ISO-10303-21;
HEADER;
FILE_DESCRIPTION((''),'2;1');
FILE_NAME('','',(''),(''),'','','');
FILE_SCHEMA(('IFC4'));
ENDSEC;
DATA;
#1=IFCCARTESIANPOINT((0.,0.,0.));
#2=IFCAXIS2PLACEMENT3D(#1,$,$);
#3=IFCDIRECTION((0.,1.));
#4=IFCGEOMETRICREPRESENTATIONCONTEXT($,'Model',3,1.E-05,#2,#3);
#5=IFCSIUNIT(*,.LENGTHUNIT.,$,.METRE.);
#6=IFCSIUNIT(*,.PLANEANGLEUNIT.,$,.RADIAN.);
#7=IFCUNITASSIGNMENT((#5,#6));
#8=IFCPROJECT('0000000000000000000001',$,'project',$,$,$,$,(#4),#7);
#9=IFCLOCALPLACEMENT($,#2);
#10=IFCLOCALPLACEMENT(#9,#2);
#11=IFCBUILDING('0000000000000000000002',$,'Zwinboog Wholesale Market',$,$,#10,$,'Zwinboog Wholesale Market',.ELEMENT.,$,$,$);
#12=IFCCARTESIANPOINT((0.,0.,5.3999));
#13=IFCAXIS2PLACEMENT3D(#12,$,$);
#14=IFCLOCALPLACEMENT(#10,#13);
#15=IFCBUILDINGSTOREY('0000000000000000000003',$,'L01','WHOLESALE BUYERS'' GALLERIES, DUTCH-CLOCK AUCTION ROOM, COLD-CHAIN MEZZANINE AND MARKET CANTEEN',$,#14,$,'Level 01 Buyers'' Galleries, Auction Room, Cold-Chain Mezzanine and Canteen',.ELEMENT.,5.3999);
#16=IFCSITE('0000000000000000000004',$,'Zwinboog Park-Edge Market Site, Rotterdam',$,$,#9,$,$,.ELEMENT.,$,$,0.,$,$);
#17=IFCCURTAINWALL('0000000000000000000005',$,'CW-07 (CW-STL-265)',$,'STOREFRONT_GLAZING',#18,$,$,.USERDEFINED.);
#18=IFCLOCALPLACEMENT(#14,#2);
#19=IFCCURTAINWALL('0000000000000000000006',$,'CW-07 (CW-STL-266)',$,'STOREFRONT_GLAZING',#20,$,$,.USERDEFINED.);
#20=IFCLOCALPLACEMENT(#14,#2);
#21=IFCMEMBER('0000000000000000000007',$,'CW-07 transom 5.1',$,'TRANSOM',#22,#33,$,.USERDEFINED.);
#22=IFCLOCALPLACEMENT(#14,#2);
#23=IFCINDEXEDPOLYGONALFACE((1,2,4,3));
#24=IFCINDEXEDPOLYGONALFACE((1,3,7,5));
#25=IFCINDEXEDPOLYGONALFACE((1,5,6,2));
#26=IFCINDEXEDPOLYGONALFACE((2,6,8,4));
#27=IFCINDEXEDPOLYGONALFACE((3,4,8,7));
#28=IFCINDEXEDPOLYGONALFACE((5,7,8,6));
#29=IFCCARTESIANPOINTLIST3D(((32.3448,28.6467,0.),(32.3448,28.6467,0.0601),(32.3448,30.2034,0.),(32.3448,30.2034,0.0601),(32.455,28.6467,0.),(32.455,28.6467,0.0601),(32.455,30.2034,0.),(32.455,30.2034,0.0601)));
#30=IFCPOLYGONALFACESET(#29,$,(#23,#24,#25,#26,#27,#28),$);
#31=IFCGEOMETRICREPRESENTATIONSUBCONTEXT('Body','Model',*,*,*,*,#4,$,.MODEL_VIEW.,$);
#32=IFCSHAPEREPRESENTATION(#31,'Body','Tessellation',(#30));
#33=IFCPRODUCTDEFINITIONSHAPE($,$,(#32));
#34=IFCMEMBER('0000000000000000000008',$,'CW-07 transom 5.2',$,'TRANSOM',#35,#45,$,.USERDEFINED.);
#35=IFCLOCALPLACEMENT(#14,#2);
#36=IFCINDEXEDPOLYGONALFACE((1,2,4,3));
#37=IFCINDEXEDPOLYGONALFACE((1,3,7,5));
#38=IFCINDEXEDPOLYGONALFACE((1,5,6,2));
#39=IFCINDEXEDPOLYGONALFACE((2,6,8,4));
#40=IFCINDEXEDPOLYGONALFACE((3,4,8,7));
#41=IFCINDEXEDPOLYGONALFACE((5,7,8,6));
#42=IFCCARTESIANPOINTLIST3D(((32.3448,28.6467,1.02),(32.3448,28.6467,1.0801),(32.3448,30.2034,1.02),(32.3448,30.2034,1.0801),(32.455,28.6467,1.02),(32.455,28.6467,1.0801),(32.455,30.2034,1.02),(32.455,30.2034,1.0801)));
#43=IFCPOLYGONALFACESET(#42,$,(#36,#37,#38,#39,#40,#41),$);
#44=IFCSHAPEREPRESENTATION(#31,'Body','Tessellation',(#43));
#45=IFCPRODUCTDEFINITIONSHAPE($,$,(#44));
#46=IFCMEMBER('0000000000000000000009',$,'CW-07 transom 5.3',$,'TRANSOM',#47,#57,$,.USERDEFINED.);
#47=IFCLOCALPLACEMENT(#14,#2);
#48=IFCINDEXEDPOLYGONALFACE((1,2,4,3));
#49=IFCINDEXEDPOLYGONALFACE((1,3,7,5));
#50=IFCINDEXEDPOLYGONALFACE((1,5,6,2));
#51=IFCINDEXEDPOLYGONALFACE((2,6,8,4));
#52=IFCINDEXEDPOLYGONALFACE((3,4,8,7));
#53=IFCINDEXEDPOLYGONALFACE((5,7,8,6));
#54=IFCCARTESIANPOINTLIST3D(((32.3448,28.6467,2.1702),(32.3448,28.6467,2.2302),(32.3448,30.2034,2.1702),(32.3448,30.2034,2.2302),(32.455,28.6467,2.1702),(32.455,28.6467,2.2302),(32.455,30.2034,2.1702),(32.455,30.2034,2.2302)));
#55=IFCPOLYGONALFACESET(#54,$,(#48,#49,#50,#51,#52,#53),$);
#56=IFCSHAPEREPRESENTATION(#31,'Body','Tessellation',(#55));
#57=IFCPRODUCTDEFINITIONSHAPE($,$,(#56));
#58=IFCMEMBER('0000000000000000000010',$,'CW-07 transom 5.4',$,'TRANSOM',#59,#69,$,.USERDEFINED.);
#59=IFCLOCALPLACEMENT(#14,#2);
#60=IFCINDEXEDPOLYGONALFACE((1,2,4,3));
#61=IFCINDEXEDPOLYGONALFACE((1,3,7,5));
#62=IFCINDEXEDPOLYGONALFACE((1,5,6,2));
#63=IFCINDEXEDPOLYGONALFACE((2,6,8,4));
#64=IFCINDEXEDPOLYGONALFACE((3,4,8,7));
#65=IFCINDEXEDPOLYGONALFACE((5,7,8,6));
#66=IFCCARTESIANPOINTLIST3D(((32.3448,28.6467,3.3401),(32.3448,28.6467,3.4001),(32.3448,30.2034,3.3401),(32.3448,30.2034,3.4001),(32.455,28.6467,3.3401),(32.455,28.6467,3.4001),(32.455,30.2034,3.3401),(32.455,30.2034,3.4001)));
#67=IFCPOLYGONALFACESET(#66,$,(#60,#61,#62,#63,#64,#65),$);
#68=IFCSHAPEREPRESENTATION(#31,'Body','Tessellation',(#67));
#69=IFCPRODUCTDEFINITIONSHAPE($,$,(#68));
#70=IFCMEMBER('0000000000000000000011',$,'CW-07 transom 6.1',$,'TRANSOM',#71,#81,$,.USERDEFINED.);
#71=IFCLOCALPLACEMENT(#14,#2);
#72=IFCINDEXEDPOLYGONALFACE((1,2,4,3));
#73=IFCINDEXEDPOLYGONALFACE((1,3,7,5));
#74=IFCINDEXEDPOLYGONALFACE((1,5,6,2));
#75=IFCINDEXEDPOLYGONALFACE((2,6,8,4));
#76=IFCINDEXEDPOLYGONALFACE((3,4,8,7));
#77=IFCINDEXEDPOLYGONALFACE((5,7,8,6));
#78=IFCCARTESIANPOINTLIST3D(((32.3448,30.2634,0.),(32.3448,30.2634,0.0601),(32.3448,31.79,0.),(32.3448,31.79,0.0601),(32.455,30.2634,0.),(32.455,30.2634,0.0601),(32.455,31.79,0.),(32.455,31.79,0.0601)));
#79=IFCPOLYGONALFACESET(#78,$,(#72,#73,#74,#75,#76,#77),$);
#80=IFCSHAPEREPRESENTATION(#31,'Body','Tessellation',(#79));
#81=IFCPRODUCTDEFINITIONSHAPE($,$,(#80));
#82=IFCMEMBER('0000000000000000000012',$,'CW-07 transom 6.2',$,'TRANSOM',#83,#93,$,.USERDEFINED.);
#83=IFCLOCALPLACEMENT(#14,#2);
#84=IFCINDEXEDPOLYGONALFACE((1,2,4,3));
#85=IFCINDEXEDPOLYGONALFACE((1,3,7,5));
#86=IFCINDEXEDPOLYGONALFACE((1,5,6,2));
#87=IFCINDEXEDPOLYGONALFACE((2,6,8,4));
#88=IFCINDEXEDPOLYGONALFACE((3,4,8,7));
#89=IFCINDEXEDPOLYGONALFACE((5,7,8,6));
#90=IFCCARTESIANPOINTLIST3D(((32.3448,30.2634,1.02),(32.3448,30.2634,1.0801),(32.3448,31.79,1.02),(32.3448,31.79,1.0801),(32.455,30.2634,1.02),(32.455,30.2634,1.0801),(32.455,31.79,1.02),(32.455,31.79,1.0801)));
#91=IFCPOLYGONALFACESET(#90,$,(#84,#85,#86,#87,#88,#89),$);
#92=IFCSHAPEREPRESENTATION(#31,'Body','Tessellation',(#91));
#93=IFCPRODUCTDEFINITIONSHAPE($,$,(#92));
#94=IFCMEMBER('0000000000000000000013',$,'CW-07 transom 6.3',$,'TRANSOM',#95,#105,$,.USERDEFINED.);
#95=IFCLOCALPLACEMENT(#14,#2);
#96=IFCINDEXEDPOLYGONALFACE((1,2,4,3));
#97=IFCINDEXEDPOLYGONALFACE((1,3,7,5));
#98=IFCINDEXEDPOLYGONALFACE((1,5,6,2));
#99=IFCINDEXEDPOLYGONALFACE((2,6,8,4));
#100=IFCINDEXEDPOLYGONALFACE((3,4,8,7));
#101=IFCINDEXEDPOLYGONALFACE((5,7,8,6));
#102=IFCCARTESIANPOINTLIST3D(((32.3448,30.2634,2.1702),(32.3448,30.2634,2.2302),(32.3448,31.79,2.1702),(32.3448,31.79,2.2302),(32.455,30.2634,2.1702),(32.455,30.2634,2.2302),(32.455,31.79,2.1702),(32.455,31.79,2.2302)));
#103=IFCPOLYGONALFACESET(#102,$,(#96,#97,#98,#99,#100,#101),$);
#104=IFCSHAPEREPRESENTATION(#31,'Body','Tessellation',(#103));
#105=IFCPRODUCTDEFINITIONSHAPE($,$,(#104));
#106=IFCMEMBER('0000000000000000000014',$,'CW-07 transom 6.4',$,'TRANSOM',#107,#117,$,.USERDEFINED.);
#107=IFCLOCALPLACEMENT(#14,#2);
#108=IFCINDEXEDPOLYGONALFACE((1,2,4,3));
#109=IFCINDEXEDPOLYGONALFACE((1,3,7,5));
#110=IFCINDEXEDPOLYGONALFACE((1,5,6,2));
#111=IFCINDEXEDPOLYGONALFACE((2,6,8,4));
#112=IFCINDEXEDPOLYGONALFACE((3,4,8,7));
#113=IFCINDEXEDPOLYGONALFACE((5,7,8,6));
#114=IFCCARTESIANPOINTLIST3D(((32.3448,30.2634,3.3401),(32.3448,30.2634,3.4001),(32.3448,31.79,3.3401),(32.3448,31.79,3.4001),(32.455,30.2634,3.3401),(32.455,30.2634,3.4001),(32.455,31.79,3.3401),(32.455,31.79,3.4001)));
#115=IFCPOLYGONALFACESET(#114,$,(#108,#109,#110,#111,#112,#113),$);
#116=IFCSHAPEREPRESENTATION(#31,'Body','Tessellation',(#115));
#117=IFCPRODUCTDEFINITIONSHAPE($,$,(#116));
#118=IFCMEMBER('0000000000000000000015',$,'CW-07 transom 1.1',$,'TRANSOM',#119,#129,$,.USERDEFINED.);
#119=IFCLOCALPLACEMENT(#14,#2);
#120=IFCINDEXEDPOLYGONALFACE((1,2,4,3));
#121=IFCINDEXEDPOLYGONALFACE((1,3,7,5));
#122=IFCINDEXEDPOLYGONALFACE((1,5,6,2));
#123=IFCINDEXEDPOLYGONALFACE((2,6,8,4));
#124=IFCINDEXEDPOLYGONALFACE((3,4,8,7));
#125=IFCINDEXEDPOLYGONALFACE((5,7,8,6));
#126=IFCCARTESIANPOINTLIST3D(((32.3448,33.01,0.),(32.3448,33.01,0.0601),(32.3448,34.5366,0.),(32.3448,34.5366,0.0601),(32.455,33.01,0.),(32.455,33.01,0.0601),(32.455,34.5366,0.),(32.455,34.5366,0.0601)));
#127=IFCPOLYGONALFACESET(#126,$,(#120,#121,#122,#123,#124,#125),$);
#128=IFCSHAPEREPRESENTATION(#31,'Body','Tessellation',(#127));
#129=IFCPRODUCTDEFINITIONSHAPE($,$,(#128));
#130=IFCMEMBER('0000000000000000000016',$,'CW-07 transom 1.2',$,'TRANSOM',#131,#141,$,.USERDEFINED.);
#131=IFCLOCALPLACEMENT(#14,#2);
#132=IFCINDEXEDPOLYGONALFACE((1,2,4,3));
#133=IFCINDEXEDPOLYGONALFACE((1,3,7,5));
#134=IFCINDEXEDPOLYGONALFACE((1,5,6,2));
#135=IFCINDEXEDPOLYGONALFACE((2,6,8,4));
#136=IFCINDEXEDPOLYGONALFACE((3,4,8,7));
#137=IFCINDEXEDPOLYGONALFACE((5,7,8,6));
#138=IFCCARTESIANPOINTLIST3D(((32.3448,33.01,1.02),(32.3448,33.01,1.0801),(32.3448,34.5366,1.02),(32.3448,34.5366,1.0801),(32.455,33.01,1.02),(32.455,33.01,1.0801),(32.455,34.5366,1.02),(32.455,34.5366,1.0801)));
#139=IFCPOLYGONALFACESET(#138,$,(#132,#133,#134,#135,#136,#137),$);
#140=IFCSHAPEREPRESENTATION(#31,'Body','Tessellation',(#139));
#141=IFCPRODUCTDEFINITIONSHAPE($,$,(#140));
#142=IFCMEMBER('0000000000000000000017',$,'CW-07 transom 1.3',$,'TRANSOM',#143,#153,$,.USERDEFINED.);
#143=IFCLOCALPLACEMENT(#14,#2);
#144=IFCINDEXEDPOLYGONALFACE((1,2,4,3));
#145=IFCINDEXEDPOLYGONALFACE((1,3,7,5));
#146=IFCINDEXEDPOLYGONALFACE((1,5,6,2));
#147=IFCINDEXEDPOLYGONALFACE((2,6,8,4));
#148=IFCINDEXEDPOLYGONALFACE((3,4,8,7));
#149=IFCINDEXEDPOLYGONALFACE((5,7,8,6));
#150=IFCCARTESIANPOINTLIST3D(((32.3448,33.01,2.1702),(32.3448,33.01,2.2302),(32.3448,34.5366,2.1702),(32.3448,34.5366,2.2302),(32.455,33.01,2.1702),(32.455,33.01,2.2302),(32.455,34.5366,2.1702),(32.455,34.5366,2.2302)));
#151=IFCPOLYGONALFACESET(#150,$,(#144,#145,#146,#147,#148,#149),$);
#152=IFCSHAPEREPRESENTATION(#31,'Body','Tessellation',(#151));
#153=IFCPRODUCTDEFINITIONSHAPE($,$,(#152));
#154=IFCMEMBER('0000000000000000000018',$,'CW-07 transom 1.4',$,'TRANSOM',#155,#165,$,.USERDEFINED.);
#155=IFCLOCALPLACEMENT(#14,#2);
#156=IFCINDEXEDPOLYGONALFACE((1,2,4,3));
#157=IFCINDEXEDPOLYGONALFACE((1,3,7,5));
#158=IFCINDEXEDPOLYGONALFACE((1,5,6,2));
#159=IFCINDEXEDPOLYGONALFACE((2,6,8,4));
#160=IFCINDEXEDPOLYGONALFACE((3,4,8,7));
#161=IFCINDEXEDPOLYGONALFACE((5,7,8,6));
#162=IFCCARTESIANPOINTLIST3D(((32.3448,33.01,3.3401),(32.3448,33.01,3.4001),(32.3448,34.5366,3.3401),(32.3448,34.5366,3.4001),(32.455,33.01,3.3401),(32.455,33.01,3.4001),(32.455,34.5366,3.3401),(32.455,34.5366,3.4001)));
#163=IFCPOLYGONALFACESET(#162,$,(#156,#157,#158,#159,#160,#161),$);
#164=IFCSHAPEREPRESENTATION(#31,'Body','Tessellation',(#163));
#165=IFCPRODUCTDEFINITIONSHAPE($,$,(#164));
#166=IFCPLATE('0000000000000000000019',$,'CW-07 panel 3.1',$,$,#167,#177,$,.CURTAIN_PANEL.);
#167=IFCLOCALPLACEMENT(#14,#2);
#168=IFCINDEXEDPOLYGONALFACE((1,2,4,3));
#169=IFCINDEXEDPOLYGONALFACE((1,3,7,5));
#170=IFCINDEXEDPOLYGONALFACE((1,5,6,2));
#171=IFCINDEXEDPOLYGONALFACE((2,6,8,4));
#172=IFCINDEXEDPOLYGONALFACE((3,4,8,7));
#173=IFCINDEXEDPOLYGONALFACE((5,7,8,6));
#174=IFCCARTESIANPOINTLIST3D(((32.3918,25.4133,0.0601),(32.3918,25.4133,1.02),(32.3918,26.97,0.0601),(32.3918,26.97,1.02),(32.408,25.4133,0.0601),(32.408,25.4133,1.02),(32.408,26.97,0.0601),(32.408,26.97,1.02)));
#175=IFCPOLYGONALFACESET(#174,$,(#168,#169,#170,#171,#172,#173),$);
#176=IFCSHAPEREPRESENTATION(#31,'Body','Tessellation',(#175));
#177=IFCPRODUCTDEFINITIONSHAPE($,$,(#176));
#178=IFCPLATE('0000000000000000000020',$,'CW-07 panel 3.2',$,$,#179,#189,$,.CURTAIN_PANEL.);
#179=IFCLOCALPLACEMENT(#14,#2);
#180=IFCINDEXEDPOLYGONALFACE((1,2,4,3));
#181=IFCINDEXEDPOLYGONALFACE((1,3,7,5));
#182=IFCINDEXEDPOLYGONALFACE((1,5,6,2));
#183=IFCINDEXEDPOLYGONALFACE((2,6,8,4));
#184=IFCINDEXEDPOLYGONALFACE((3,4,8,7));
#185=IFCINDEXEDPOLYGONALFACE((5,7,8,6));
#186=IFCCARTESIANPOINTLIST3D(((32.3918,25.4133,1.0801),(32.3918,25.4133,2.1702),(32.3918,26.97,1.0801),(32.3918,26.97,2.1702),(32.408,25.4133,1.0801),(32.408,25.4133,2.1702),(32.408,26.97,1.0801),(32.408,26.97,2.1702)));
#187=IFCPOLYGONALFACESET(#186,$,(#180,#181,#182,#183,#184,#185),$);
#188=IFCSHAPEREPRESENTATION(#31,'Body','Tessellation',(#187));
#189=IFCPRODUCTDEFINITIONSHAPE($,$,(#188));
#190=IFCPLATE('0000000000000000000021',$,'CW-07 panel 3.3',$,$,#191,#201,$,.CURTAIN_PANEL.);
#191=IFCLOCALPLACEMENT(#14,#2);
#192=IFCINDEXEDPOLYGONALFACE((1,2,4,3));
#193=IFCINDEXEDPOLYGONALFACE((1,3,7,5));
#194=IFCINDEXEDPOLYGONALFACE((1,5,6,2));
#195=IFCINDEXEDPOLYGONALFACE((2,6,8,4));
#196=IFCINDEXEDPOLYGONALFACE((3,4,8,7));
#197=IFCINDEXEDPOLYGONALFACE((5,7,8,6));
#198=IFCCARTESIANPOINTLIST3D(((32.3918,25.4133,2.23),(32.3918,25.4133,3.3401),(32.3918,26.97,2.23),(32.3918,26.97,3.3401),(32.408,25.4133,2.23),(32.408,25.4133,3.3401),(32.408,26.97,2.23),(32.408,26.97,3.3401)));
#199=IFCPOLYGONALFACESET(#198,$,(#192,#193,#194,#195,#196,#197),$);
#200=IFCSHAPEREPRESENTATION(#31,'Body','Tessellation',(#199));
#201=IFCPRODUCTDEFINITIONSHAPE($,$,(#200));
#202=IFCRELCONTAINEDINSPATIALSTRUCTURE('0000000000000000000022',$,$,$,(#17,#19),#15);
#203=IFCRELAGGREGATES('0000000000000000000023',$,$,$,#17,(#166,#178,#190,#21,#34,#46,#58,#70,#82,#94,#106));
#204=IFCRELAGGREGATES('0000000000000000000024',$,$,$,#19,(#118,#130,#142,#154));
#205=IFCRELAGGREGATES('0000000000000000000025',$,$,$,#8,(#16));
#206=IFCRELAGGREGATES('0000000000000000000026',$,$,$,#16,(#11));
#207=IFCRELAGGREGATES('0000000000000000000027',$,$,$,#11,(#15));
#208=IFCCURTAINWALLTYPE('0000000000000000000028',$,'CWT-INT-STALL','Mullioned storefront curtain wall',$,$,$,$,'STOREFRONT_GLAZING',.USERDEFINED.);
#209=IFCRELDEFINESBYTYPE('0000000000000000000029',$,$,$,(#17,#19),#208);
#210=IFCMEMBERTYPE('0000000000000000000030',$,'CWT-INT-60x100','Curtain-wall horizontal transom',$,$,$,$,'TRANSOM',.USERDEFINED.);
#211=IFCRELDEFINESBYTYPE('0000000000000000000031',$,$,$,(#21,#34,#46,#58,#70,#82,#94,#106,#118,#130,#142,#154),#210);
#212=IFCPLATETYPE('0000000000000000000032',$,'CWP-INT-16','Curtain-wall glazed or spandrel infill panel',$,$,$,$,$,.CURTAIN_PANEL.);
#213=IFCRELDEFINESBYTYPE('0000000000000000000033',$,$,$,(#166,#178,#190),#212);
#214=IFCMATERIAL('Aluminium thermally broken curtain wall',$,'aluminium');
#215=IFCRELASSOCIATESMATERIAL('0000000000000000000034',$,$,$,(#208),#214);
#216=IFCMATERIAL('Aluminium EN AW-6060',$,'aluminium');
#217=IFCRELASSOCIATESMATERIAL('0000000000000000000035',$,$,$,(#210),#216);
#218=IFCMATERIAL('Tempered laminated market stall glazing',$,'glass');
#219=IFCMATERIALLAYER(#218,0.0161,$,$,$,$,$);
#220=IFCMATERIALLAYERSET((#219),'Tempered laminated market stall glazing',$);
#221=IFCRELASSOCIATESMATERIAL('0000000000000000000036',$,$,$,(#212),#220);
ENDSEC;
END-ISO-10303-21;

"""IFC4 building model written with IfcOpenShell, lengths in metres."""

from ifc_helpers import new_model, si_unit, direction, frame, origin, origin_2d, place, context, subcontext, project, spatial, rectangle, extrude, material, layer, layer_set, material_profile, profile_set, type_object, element, aggregate, save


model = new_model("IFC4")

# Units and contexts
model_context = context("Model", 3, precision=1e-05, world=origin(), true_north=direction((0.0, 1.0)))
body_context = subcontext(model_context, "Body", "Model", "MODEL_VIEW")
ifc_project = project(units=[si_unit("LENGTHUNIT", "METRE"), si_unit("PLANEANGLEUNIT", "RADIAN")], contexts=[model_context])

# Site, building, storey
site_placement = place(None, origin())
site = spatial("IfcSite", under=ifc_project, at=site_placement, Name="Zwinboog Park-Edge Market Site, Rotterdam", CompositionType="ELEMENT", RefElevation=0.0)
building_placement = place(site_placement, origin())
building = spatial("IfcBuilding", under=site, at=building_placement, Name="Zwinboog Wholesale Market", LongName="Zwinboog Wholesale Market", CompositionType="ELEMENT")
storey_placement = place(building_placement, frame((0.0, 0.0, 5.3999)))
storey = spatial("IfcBuildingStorey", under=building, at=storey_placement, Name="L01", Description="WHOLESALE BUYERS' GALLERIES, DUTCH-CLOCK AUCTION ROOM, COLD-CHAIN MEZZANINE AND MARKET CANTEEN", LongName="Level 01 Buyers' Galleries, Auction Room, Cold-Chain Mezzanine and Canteen", CompositionType="ELEMENT", Elevation=5.3999)

# Curtain wall
ifc_material_1 = material(Name="Aluminium thermally broken curtain wall", Category="aluminium")
curtain_wall_type = type_object("IfcCurtainWallType", Name="CWT-INT-STALL", Description="Mullioned storefront curtain wall", ElementType="STOREFRONT_GLAZING", PredefinedType="USERDEFINED", material=ifc_material_1)
curtain_wall_1_placement = place(storey_placement, origin())
curtain_wall_1 = element("IfcCurtainWall", 1, at=curtain_wall_1_placement, inside=storey, type_object=curtain_wall_type, Name="CW-07 (CW-STL-265)", ObjectType="STOREFRONT_GLAZING", PredefinedType="USERDEFINED")
ifc_material_2 = material(Name="Aluminium EN AW-6060", Category="aluminium")

# Curtain wall
curtain_wall_2_placement = place(storey_placement, origin())
curtain_wall_2 = element("IfcCurtainWall", 2, at=curtain_wall_2_placement, inside=storey, type_object=curtain_wall_type, Name="CW-07 (CW-STL-266)", ObjectType="STOREFRONT_GLAZING", PredefinedType="USERDEFINED")

# Members
ifc_material_profile_1 = material_profile(ifc_material_2, rectangle(XDim=0.1101, YDim=0.0601, at=origin_2d()), Name="AL 60x110")
ifc_profile_set_1 = profile_set([ifc_material_profile_1], Name="Aluminium EN AW-6060")
member_type_1 = type_object("IfcMemberType", Name="CWT-INT-60x100", Description="Curtain-wall horizontal transom", ElementType="TRANSOM", PredefinedType="USERDEFINED", material=ifc_profile_set_1)
member_1_placement = place(storey_placement, frame((32.3999, 28.6467, 0.03), z_axis=(0.0, 1.0, 0.0), x_axis=(-1.0, 0.0, 0.0)))
member_1 = element("IfcMember", 3, at=member_1_placement, type_object=member_type_1, Name="CW-07 transom 5.1", ObjectType="TRANSOM", PredefinedType="USERDEFINED", context=body_context, shape_type="SweptSolid", body=[
    extrude(rectangle(XDim=0.1101, YDim=0.0601, at=origin_2d()), origin(), (0.0, 0.0, 1.0), 1.5566),
])
member_2_placement = place(storey_placement, frame((32.3999, 28.6467, 1.05), z_axis=(0.0, 1.0, 0.0), x_axis=(-1.0, 0.0, 0.0)))
member_2 = element("IfcMember", 4, at=member_2_placement, type_object=member_type_1, Name="CW-07 transom 5.2", ObjectType="TRANSOM", PredefinedType="USERDEFINED", context=body_context, shape_type="SweptSolid", body=[
    extrude(rectangle(XDim=0.1101, YDim=0.0601, at=origin_2d()), origin(), (0.0, 0.0, 1.0), 1.5566),
])
member_3_placement = place(storey_placement, frame((32.3999, 28.6467, 2.2002), z_axis=(0.0, 1.0, 0.0), x_axis=(-1.0, 0.0, 0.0)))
member_3 = element("IfcMember", 5, at=member_3_placement, type_object=member_type_1, Name="CW-07 transom 5.3", ObjectType="TRANSOM", PredefinedType="USERDEFINED", context=body_context, shape_type="SweptSolid", body=[
    extrude(rectangle(XDim=0.1101, YDim=0.0601, at=origin_2d()), origin(), (0.0, 0.0, 1.0), 1.5566),
])
member_4_placement = place(storey_placement, frame((32.3999, 28.6467, 3.3701), z_axis=(0.0, 1.0, 0.0), x_axis=(-1.0, 0.0, 0.0)))
member_4 = element("IfcMember", 6, at=member_4_placement, type_object=member_type_1, Name="CW-07 transom 5.4", ObjectType="TRANSOM", PredefinedType="USERDEFINED", context=body_context, shape_type="SweptSolid", body=[
    extrude(rectangle(XDim=0.1101, YDim=0.0601, at=origin_2d()), origin(), (0.0, 0.0, 1.0), 1.5566),
])
member_5_placement = place(storey_placement, frame((32.3999, 30.2634, 0.03), z_axis=(0.0, 1.0, 0.0), x_axis=(-1.0, 0.0, 0.0)))
member_5 = element("IfcMember", 7, at=member_5_placement, type_object=member_type_1, Name="CW-07 transom 6.1", ObjectType="TRANSOM", PredefinedType="USERDEFINED", context=body_context, shape_type="SweptSolid", body=[
    extrude(rectangle(XDim=0.1101, YDim=0.0601, at=origin_2d()), origin(), (0.0, 0.0, 1.0), 1.5266),
])
member_6_placement = place(storey_placement, frame((32.3999, 30.2634, 1.05), z_axis=(0.0, 1.0, 0.0), x_axis=(-1.0, 0.0, 0.0)))
member_6 = element("IfcMember", 8, at=member_6_placement, type_object=member_type_1, Name="CW-07 transom 6.2", ObjectType="TRANSOM", PredefinedType="USERDEFINED", context=body_context, shape_type="SweptSolid", body=[
    extrude(rectangle(XDim=0.1101, YDim=0.0601, at=origin_2d()), origin(), (0.0, 0.0, 1.0), 1.5266),
])
member_7_placement = place(storey_placement, frame((32.3999, 30.2634, 2.2002), z_axis=(0.0, 1.0, 0.0), x_axis=(-1.0, 0.0, 0.0)))
member_7 = element("IfcMember", 9, at=member_7_placement, type_object=member_type_1, Name="CW-07 transom 6.3", ObjectType="TRANSOM", PredefinedType="USERDEFINED", context=body_context, shape_type="SweptSolid", body=[
    extrude(rectangle(XDim=0.1101, YDim=0.0601, at=origin_2d()), origin(), (0.0, 0.0, 1.0), 1.5266),
])
member_8_placement = place(storey_placement, frame((32.3999, 30.2634, 3.3701), z_axis=(0.0, 1.0, 0.0), x_axis=(-1.0, 0.0, 0.0)))
member_8 = element("IfcMember", 10, at=member_8_placement, type_object=member_type_1, Name="CW-07 transom 6.4", ObjectType="TRANSOM", PredefinedType="USERDEFINED", context=body_context, shape_type="SweptSolid", body=[
    extrude(rectangle(XDim=0.1101, YDim=0.0601, at=origin_2d()), origin(), (0.0, 0.0, 1.0), 1.5266),
])
member_9_placement = place(storey_placement, frame((32.3999, 33.01, 0.03), z_axis=(0.0, 1.0, 0.0), x_axis=(-1.0, 0.0, 0.0)))
member_9 = element("IfcMember", 11, at=member_9_placement, type_object=member_type_1, Name="CW-07 transom 1.1", ObjectType="TRANSOM", PredefinedType="USERDEFINED", context=body_context, shape_type="SweptSolid", body=[
    extrude(rectangle(XDim=0.1101, YDim=0.0601, at=origin_2d()), origin(), (0.0, 0.0, 1.0), 1.5266),
])
member_10_placement = place(storey_placement, frame((32.3999, 33.01, 1.05), z_axis=(0.0, 1.0, 0.0), x_axis=(-1.0, 0.0, 0.0)))
member_10 = element("IfcMember", 12, at=member_10_placement, type_object=member_type_1, Name="CW-07 transom 1.2", ObjectType="TRANSOM", PredefinedType="USERDEFINED", context=body_context, shape_type="SweptSolid", body=[
    extrude(rectangle(XDim=0.1101, YDim=0.0601, at=origin_2d()), origin(), (0.0, 0.0, 1.0), 1.5266),
])
member_11_placement = place(storey_placement, frame((32.3999, 33.01, 2.2002), z_axis=(0.0, 1.0, 0.0), x_axis=(-1.0, 0.0, 0.0)))
member_11 = element("IfcMember", 13, at=member_11_placement, type_object=member_type_1, Name="CW-07 transom 1.3", ObjectType="TRANSOM", PredefinedType="USERDEFINED", context=body_context, shape_type="SweptSolid", body=[
    extrude(rectangle(XDim=0.1101, YDim=0.0601, at=origin_2d()), origin(), (0.0, 0.0, 1.0), 1.5266),
])
member_12_placement = place(storey_placement, frame((32.3999, 33.01, 3.3701), z_axis=(0.0, 1.0, 0.0), x_axis=(-1.0, 0.0, 0.0)))
member_12 = element("IfcMember", 14, at=member_12_placement, type_object=member_type_1, Name="CW-07 transom 1.4", ObjectType="TRANSOM", PredefinedType="USERDEFINED", context=body_context, shape_type="SweptSolid", body=[
    extrude(rectangle(XDim=0.1101, YDim=0.0601, at=origin_2d()), origin(), (0.0, 0.0, 1.0), 1.5266),
])

# Plates
ifc_material_3 = material(Name="Tempered laminated market stall glazing", Category="glass")
ifc_layer = layer(ifc_material_3, 0.0161)
ifc_layer_set = layer_set([ifc_layer], Name="Tempered laminated market stall glazing")
plate_type = type_object("IfcPlateType", Name="CWP-INT-16", Description="Curtain-wall glazed or spandrel infill panel", PredefinedType="CURTAIN_PANEL", material=ifc_layer_set)
plate_1_placement = place(storey_placement, frame((32.3999, 26.1917, 0.0601), z_axis=(0.0, 0.0, 1.0), x_axis=(0.0, 1.0, 0.0)))
plate_1 = element("IfcPlate", 15, at=plate_1_placement, type_object=plate_type, Name="CW-07 panel 3.1", PredefinedType="CURTAIN_PANEL", context=body_context, shape_type="SweptSolid", body=[
    extrude(rectangle(XDim=1.5566, YDim=0.0161, at=origin_2d()), origin(), (0.0, 0.0, 1.0), 0.96),
])
plate_2_placement = place(storey_placement, frame((32.3999, 26.1917, 1.0801), z_axis=(0.0, 0.0, 1.0), x_axis=(0.0, 1.0, 0.0)))
plate_2 = element("IfcPlate", 16, at=plate_2_placement, type_object=plate_type, Name="CW-07 panel 3.2", PredefinedType="CURTAIN_PANEL", context=body_context, shape_type="SweptSolid", body=[
    extrude(rectangle(XDim=1.5566, YDim=0.0161, at=origin_2d()), origin(), (0.0, 0.0, 1.0), 1.0901),
])
plate_3_placement = place(storey_placement, frame((32.3999, 26.1917, 2.23), z_axis=(0.0, 0.0, 1.0), x_axis=(0.0, 1.0, 0.0)))
plate_3 = element("IfcPlate", 17, at=plate_3_placement, type_object=plate_type, Name="CW-07 panel 3.3", PredefinedType="CURTAIN_PANEL", context=body_context, shape_type="SweptSolid", body=[
    extrude(rectangle(XDim=1.5566, YDim=0.0161, at=origin_2d()), origin(), (0.0, 0.0, 1.0), 1.1101),
])
aggregate(curtain_wall_1, [plate_1, plate_2, plate_3, member_1, member_2, member_3, member_4, member_5, member_6, member_7, member_8])
aggregate(curtain_wall_2, [member_9, member_10, member_11, member_12])

save(model, "model.ifc")
